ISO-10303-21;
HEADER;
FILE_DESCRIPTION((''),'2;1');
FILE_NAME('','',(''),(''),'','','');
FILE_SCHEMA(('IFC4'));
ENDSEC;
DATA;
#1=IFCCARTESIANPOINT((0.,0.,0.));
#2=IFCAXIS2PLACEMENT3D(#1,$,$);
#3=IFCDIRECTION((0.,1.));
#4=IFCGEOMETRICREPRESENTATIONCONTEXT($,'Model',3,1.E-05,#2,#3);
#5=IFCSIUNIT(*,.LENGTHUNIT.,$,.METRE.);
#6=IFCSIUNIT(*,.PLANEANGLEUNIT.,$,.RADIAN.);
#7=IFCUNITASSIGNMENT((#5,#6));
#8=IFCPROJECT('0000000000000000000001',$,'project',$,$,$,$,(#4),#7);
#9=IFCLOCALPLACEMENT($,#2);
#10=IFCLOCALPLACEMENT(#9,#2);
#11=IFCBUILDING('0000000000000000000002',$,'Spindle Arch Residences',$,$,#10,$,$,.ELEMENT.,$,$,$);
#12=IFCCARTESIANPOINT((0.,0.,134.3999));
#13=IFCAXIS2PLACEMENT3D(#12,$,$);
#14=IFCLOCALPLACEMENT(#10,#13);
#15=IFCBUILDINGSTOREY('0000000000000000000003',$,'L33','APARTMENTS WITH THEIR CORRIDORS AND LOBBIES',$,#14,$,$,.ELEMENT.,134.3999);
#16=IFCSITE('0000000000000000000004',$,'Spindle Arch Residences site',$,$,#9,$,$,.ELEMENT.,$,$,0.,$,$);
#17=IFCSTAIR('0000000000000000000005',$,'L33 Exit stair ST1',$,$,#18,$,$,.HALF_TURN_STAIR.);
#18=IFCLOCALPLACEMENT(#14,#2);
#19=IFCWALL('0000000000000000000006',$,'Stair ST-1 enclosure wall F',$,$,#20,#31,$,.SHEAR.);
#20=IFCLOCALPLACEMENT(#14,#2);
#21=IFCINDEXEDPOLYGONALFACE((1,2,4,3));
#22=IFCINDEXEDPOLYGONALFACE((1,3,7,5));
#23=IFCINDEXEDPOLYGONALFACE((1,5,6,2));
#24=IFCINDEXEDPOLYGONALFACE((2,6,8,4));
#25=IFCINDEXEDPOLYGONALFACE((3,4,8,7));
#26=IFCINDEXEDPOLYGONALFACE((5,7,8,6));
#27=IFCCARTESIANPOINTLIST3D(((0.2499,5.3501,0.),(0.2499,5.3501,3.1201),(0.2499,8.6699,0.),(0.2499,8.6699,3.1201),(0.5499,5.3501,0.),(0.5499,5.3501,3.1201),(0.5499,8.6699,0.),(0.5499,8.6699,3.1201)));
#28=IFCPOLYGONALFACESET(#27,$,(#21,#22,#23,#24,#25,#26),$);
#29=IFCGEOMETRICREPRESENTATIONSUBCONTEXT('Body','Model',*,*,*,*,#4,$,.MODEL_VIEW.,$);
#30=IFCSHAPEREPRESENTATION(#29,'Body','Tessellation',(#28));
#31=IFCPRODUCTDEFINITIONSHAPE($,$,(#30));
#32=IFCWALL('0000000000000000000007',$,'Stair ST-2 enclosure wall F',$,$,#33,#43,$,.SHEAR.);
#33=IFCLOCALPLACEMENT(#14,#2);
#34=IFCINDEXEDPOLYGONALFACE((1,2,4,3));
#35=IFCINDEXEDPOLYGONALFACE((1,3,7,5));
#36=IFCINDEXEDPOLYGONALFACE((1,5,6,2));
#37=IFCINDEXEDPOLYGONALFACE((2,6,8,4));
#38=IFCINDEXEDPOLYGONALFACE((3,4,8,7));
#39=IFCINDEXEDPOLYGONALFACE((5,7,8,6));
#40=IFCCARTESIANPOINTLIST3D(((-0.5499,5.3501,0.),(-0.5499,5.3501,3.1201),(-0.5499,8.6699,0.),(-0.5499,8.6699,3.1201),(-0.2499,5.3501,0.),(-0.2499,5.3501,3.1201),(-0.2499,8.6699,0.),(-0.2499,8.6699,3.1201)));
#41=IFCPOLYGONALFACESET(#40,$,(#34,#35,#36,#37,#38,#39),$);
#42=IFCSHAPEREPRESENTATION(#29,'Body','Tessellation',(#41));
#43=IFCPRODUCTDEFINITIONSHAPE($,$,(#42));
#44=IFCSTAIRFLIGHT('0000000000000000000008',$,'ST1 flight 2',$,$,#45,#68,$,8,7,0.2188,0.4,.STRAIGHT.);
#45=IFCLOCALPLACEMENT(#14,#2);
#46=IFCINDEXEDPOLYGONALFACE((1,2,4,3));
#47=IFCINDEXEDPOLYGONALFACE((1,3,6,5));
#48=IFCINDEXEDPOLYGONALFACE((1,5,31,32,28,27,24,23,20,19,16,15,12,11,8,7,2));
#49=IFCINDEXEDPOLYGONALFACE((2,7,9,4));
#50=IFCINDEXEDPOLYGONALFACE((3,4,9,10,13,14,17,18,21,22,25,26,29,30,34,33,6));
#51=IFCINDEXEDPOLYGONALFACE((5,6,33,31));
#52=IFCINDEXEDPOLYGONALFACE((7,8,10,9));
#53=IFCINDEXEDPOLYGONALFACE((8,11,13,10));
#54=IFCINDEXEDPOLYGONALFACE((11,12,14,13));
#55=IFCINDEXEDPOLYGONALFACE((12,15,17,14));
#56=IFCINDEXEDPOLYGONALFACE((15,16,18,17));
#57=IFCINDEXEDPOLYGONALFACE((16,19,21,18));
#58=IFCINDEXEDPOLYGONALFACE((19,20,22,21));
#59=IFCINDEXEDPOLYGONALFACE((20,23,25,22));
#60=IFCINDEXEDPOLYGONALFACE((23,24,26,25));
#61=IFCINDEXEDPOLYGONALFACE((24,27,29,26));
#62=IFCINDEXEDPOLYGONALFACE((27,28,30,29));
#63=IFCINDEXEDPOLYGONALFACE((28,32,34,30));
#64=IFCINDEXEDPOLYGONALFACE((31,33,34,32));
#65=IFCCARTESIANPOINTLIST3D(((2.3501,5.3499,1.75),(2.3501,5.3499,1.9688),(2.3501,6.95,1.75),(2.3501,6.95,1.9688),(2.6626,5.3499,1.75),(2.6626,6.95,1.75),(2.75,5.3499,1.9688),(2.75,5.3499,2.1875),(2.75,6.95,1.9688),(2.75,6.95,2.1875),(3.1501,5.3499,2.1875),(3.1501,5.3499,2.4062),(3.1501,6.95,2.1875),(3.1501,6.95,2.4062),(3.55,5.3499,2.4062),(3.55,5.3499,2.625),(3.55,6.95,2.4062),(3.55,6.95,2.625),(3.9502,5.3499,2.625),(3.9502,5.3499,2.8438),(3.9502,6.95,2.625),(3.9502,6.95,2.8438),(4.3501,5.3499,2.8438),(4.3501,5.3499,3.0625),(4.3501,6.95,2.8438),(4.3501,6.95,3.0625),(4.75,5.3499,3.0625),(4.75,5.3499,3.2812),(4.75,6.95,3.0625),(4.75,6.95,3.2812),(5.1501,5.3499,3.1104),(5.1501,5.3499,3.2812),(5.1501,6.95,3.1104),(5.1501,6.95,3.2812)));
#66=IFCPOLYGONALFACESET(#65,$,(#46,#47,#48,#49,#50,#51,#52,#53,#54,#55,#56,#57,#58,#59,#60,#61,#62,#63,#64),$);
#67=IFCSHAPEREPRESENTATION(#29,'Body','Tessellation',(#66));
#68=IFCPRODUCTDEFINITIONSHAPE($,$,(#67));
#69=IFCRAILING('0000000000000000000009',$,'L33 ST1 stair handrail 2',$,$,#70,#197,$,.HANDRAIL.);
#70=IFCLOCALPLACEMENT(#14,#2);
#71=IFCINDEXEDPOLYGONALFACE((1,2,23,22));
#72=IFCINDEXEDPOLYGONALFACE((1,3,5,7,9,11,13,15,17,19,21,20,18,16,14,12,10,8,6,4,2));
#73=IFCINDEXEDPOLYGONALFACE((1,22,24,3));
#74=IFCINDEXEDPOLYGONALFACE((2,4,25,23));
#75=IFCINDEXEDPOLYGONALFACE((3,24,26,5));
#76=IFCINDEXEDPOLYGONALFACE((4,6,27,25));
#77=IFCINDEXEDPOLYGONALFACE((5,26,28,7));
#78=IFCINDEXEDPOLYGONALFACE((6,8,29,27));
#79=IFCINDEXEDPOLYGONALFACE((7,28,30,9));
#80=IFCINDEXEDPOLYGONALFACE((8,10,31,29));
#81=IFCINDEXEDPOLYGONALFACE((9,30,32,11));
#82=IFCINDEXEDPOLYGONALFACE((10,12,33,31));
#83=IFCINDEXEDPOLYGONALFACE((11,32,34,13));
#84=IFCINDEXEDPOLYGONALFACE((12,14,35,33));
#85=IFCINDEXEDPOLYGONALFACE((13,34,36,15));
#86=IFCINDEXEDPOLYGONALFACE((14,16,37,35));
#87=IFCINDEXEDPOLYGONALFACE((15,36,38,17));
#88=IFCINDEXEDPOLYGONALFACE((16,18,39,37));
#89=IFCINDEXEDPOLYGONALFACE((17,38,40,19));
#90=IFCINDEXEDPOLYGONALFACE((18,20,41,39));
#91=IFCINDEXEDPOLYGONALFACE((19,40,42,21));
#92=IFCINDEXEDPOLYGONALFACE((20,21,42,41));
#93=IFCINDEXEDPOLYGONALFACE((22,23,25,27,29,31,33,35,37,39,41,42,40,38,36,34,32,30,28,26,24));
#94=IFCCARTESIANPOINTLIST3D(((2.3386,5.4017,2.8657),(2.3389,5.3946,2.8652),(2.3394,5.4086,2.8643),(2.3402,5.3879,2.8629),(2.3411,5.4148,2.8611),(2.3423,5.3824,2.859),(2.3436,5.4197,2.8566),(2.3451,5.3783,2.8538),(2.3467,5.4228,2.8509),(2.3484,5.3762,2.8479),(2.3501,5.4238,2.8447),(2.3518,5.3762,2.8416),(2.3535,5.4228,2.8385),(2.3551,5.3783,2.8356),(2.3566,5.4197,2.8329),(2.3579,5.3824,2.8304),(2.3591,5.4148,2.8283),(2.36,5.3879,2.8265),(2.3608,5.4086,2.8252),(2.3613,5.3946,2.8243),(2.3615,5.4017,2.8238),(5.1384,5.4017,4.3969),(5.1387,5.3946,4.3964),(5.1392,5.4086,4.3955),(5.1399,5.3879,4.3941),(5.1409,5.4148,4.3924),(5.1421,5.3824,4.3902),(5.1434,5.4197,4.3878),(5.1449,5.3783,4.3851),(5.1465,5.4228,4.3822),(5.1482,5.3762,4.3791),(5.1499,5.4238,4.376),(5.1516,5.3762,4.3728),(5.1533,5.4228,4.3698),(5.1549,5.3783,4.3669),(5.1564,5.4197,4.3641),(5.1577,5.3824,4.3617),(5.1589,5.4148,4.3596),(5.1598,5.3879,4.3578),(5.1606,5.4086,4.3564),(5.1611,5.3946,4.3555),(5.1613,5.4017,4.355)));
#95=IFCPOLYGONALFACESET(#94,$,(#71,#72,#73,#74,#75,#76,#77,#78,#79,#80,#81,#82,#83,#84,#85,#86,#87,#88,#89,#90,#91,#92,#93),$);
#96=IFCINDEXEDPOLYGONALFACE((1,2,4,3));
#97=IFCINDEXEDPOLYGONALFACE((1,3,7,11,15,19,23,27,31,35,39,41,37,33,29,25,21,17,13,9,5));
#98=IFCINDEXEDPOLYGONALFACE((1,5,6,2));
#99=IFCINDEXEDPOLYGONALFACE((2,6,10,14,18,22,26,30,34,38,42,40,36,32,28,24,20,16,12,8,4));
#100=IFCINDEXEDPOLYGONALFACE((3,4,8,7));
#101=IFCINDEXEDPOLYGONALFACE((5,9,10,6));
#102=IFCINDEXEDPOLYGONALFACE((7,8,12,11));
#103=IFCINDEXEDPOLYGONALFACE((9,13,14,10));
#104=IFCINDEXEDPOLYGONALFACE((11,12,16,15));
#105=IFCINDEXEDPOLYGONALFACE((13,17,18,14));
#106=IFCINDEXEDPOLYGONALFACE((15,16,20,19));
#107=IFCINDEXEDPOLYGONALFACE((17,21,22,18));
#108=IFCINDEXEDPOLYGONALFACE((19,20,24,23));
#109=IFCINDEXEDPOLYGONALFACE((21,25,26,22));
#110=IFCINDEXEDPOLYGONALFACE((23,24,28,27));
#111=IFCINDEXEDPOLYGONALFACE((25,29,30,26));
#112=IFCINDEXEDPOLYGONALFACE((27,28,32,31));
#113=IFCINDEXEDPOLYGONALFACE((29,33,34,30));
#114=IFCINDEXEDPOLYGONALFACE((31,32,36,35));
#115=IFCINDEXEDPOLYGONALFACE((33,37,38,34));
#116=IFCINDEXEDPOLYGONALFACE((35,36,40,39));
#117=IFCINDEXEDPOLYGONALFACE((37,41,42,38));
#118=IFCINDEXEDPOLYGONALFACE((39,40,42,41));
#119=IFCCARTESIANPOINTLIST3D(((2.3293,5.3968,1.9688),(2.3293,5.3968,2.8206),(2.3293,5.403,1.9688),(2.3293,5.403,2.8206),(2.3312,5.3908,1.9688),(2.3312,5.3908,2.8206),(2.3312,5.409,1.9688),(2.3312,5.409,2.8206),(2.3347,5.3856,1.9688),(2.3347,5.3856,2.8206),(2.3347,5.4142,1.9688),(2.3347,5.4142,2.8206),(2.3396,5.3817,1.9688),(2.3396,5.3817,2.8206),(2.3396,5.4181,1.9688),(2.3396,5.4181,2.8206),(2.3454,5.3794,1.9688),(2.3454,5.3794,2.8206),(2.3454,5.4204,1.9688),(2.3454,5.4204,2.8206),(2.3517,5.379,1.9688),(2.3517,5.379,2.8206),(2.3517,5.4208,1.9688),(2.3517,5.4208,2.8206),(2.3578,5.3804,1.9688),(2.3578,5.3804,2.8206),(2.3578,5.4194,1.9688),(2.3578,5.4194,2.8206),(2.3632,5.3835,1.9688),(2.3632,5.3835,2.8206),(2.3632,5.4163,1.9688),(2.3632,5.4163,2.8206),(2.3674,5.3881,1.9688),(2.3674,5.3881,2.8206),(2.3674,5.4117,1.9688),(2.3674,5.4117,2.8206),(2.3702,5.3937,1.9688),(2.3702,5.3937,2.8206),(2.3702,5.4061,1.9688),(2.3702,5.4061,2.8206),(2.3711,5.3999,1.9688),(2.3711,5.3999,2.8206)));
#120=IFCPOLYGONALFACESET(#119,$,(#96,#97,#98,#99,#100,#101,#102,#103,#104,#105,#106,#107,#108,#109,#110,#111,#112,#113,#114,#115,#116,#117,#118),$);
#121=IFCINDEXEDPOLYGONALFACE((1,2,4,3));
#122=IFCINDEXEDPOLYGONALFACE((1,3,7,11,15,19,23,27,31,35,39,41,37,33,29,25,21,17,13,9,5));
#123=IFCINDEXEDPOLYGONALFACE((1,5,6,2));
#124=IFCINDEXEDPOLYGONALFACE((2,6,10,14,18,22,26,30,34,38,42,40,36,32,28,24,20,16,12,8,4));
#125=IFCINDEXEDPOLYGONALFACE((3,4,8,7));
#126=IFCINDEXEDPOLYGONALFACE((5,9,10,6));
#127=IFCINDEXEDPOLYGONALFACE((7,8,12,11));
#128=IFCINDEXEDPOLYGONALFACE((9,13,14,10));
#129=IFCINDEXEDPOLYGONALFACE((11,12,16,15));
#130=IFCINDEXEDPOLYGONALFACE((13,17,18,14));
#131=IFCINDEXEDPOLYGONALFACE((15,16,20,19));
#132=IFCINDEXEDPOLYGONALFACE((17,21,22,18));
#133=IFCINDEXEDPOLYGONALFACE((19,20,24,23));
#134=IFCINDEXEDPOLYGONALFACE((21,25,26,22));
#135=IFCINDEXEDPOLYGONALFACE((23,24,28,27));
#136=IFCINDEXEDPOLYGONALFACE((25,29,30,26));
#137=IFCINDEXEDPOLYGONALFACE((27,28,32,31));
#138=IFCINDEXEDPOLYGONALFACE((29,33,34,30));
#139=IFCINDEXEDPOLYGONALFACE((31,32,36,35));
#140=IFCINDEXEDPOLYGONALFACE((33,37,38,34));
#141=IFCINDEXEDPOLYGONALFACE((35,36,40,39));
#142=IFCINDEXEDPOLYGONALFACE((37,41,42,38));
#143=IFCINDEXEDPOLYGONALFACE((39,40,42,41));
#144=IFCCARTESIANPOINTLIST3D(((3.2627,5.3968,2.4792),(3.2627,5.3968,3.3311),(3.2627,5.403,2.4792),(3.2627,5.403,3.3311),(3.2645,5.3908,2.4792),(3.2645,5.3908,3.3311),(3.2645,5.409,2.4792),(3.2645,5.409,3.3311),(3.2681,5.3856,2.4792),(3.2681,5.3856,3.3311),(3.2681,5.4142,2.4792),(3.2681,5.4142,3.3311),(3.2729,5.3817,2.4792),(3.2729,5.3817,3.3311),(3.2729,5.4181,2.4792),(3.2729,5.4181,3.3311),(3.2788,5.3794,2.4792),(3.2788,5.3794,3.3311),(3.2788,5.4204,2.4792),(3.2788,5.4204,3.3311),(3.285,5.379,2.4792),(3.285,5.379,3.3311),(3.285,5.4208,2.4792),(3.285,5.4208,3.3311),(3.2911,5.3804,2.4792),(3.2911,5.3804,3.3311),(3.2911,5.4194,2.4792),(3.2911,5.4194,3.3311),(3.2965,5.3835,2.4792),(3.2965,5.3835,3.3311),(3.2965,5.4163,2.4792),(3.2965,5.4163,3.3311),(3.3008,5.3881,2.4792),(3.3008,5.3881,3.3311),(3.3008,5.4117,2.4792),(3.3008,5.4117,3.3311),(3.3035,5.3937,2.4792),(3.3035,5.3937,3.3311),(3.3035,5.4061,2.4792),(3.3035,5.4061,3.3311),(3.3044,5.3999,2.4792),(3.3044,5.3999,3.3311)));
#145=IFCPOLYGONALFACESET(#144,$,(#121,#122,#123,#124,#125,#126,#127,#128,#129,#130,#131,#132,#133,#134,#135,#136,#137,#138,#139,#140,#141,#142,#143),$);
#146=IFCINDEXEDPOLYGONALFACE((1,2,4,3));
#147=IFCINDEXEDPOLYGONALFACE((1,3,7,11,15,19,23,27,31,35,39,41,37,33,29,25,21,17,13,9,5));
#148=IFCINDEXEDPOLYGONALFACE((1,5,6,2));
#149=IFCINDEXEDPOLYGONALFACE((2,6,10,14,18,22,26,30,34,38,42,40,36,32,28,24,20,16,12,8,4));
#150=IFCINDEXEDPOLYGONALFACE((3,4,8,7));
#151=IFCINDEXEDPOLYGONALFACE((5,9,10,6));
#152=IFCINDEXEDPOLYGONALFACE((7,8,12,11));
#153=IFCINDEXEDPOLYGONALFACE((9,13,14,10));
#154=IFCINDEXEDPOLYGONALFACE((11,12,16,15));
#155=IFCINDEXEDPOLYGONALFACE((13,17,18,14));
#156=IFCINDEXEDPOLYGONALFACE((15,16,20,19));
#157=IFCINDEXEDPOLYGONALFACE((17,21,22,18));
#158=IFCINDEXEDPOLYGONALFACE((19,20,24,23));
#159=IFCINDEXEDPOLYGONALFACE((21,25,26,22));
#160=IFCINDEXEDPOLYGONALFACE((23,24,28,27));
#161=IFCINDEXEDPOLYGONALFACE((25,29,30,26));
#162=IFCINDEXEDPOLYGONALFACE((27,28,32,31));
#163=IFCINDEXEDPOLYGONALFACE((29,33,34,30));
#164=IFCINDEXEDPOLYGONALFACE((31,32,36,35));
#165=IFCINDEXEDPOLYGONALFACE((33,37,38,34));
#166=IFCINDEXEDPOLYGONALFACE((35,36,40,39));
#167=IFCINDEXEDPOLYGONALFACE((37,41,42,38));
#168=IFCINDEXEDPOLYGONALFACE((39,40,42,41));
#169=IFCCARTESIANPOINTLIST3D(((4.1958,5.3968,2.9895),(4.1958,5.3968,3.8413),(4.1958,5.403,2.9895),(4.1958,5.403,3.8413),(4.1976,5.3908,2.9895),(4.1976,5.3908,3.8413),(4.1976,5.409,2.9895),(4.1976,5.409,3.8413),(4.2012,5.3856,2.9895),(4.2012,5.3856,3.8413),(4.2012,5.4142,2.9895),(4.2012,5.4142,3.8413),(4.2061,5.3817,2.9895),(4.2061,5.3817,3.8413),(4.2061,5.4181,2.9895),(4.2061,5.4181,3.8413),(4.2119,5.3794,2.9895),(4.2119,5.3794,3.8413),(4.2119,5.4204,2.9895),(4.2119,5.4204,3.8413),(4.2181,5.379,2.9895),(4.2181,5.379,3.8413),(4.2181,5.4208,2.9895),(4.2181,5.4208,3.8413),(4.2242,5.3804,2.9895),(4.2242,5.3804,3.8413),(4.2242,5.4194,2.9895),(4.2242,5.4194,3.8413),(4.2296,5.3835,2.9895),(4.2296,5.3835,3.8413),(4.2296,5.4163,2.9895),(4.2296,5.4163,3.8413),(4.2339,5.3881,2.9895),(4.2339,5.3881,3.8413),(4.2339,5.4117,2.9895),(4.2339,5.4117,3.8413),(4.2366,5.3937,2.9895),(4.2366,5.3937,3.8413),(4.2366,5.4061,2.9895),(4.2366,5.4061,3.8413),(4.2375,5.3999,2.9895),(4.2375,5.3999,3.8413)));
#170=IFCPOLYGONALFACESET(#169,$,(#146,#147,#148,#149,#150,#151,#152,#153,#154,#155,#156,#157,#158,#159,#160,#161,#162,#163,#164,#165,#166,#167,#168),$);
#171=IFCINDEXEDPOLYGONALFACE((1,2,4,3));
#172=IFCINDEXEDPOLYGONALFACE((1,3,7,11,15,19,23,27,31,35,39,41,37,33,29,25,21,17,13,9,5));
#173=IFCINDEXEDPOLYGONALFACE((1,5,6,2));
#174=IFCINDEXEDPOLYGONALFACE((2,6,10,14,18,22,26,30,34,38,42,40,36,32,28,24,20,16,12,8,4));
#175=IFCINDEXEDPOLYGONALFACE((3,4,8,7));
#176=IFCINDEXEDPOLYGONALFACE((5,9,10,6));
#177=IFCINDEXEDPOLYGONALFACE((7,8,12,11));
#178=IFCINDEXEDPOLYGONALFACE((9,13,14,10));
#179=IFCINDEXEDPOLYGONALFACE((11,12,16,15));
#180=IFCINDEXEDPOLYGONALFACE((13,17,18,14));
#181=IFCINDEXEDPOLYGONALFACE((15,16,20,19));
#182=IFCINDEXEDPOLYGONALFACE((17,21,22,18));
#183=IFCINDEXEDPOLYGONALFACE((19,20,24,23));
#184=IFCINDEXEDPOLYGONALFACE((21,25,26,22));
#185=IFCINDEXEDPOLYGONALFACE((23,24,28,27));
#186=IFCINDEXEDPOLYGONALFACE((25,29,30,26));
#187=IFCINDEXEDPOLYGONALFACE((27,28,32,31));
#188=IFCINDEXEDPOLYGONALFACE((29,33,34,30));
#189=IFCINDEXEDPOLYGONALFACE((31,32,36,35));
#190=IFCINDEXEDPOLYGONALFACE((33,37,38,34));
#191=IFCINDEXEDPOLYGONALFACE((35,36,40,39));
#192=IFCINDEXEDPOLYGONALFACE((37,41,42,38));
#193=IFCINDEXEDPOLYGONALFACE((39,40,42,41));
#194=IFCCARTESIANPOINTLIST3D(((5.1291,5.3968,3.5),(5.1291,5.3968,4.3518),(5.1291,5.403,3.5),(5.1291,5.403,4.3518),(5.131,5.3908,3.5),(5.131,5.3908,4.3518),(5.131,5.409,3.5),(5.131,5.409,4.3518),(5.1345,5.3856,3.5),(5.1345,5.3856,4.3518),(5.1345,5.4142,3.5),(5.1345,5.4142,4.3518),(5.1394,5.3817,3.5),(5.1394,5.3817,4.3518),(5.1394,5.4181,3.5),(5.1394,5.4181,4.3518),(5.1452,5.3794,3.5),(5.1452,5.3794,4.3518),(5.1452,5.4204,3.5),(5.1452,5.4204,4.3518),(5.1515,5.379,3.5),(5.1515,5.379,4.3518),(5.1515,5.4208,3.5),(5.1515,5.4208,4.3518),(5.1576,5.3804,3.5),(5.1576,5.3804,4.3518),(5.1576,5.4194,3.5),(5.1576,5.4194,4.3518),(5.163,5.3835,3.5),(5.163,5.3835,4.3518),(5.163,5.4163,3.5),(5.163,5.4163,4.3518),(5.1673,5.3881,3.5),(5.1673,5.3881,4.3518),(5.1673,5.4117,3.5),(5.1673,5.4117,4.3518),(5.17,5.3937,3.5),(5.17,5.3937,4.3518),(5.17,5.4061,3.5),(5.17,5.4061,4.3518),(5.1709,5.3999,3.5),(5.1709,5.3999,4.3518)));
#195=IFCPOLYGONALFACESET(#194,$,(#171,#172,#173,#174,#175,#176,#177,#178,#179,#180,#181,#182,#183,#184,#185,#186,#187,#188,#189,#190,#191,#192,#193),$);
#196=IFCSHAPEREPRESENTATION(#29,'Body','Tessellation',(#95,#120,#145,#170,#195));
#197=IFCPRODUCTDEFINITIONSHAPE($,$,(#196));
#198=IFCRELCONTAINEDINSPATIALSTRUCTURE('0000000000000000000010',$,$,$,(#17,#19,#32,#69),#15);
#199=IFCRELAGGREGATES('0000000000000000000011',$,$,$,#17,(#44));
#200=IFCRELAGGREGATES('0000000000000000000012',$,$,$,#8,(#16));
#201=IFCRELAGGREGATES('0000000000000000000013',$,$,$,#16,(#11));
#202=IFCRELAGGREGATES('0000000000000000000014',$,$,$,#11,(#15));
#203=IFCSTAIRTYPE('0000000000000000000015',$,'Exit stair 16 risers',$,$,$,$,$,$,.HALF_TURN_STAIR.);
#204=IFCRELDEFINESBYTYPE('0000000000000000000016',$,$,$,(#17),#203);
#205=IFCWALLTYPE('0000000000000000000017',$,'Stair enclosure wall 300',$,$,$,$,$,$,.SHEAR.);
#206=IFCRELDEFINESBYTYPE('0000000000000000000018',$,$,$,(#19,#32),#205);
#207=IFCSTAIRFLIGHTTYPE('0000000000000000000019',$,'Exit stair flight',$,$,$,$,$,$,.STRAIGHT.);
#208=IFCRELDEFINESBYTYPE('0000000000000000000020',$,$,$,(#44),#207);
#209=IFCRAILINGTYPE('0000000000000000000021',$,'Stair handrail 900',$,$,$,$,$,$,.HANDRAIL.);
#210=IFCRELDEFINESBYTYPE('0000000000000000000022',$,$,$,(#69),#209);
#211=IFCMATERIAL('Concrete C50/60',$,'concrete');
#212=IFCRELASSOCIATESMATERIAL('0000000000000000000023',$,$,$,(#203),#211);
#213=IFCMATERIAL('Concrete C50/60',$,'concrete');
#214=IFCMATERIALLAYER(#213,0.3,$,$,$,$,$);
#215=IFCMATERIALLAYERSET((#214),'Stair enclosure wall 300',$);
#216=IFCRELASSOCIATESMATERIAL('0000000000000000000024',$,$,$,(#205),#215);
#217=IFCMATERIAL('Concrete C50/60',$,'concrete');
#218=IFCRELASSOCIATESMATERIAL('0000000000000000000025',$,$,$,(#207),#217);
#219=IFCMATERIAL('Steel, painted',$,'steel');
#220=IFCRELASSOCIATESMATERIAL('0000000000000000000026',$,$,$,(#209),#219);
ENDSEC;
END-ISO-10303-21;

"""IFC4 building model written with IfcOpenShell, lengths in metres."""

from ifc_helpers import new_model, si_unit, direction, frame, frame_2d, origin, origin_2d, place, context, subcontext, project, spatial, polyline, rectangle, circle, outline, extrude, material, layer, layer_set, type_object, element, aggregate, save


model = new_model("IFC4")

# Units and contexts
model_context = context("Model", 3, precision=1e-05, world=origin(), true_north=direction((0.0, 1.0)))
body_context = subcontext(model_context, "Body", "Model", "MODEL_VIEW")
ifc_project = project(units=[si_unit("LENGTHUNIT", "METRE"), si_unit("PLANEANGLEUNIT", "RADIAN")], contexts=[model_context])

# Site, building, storey
site_placement = place(None, origin())
site = spatial("IfcSite", under=ifc_project, at=site_placement, Name="Spindle Arch Residences site", CompositionType="ELEMENT", RefElevation=0.0)
building_placement = place(site_placement, origin())
building = spatial("IfcBuilding", under=site, at=building_placement, Name="Spindle Arch Residences", CompositionType="ELEMENT")
storey_placement = place(building_placement, frame((0.0, 0.0, 134.3999)))
storey = spatial("IfcBuildingStorey", under=building, at=storey_placement, Name="L33", Description="APARTMENTS WITH THEIR CORRIDORS AND LOBBIES", CompositionType="ELEMENT", Elevation=134.3999)

# Stair
ifc_material_1 = material(Name="Concrete C50/60", Category="concrete")
stair_type = type_object("IfcStairType", Name="Exit stair 16 risers", PredefinedType="HALF_TURN_STAIR", material=ifc_material_1)
stair_1_placement = place(storey_placement, origin())
stair_1 = element("IfcStair", 1, at=stair_1_placement, inside=storey, type_object=stair_type, Name="L33 Exit stair ST1", PredefinedType="HALF_TURN_STAIR")

# Walls
ifc_material_2 = material(Name="Concrete C50/60", Category="concrete")
ifc_layer_1 = layer(ifc_material_2, 0.3)
ifc_layer_set_1 = layer_set([ifc_layer_1], Name="Stair enclosure wall 300")
wall_type_1 = type_object("IfcWallType", Name="Stair enclosure wall 300", PredefinedType="SHEAR", material=ifc_layer_set_1)
for number, where, z_axis, x_axis, name in (
    (2, (0.3999, 5.3501, 0.0), (0.0, 0.0, 1.0), (0.0, 1.0, 0.0), "Stair ST-1 enclosure wall F"),
    (3, (-0.3999, 5.3501, 0.0), (0.0, 0.0, 1.0), (0.0, 1.0, 0.0), "Stair ST-2 enclosure wall F"),
):
    element("IfcWall", number, at=place(storey_placement, frame(where, z_axis=z_axis, x_axis=x_axis)), inside=storey, type_object=wall_type_1, Name=name, PredefinedType="SHEAR", context=body_context, shape_type="SweptSolid", body=[
        extrude(rectangle(XDim=3.3198, YDim=0.3, at=frame_2d((1.6599, 0.0))), origin(), (0.0, 0.0, 1.0), 3.1201),
    ])

# Stair flight
ifc_material_3 = material(Name="Concrete C50/60", Category="concrete")
stair_flight_type = type_object("IfcStairFlightType", Name="Exit stair flight", PredefinedType="STRAIGHT", material=ifc_material_3)
stair_flight_placement = place(storey_placement, frame((2.3501, 6.1499, 1.75), z_axis=(0.0, 0.0, 1.0), x_axis=(1.0, 0.0, 0.0)))
stair_flight = element("IfcStairFlight", 4, at=stair_flight_placement, type_object=stair_flight_type, Name="ST1 flight 2", NumberOfRisers=8, NumberOfTreads=7, PredefinedType="STRAIGHT", RiserHeight=0.2188, TreadLength=0.4, context=body_context, shape_type="SweptSolid", body=[
    extrude(outline(polyline([(0.0, 0.0), (0.0, 0.2188), (0.3999, 0.2188), (0.3999, 0.4375), (0.8, 0.4375), (0.8, 0.6562), (1.2, 0.6562), (1.2, 0.875), (1.6001, 0.875), (1.6001, 1.0938), (2.0, 1.0938), (2.0, 1.3125), (2.3999, 1.3125), (2.3999, 1.5312), (2.8, 1.5312), (2.8, 1.75), (2.8, 1.3604), (0.3125, 0.0), (0.0, 0.0)])), frame((0.0, 0.8, 0.0), z_axis=(0.0, -1.0, 0.0), x_axis=(1.0, 0.0, 0.0)), (0.0, 0.0, 1.0), 1.6001),
])
aggregate(stair_1, [stair_flight])

# Railing
ifc_material_4 = material(Name="Steel, painted", Category="steel")
railing_type = type_object("IfcRailingType", Name="Stair handrail 900", PredefinedType="HANDRAIL", material=ifc_material_4)
railing_placement = place(storey_placement, frame((2.3501, 5.3999, 1.9688)))
element("IfcRailing", 5, at=railing_placement, inside=storey, type_object=railing_type, Name="L33 ST1 stair handrail 2", PredefinedType="HANDRAIL", context=body_context, shape_type="SweptSolid", body=[
    extrude(circle(Radius=0.0239, at=origin_2d()), frame((0.0, 0.0, 0.876), z_axis=(0.877357, 0.0, 0.479838), x_axis=(0.0, 1.0, 0.0)), (0.0, 0.0, 1.0), 3.1912),
    extrude(circle(Radius=0.021, at=origin_2d()), origin(), (0.0, 0.0, 1.0), 0.8518),
    extrude(circle(Radius=0.021, at=origin_2d()), frame((0.9333, 0.0, 0.5105)), (0.0, 0.0, 1.0), 0.8518),
    extrude(circle(Radius=0.021, at=origin_2d()), frame((1.8665, 0.0, 1.0208)), (0.0, 0.0, 1.0), 0.8518),
    extrude(circle(Radius=0.021, at=origin_2d()), frame((2.7998, 0.0, 1.5312)), (0.0, 0.0, 1.0), 0.8518),
])

save(model, "model.ifc")
